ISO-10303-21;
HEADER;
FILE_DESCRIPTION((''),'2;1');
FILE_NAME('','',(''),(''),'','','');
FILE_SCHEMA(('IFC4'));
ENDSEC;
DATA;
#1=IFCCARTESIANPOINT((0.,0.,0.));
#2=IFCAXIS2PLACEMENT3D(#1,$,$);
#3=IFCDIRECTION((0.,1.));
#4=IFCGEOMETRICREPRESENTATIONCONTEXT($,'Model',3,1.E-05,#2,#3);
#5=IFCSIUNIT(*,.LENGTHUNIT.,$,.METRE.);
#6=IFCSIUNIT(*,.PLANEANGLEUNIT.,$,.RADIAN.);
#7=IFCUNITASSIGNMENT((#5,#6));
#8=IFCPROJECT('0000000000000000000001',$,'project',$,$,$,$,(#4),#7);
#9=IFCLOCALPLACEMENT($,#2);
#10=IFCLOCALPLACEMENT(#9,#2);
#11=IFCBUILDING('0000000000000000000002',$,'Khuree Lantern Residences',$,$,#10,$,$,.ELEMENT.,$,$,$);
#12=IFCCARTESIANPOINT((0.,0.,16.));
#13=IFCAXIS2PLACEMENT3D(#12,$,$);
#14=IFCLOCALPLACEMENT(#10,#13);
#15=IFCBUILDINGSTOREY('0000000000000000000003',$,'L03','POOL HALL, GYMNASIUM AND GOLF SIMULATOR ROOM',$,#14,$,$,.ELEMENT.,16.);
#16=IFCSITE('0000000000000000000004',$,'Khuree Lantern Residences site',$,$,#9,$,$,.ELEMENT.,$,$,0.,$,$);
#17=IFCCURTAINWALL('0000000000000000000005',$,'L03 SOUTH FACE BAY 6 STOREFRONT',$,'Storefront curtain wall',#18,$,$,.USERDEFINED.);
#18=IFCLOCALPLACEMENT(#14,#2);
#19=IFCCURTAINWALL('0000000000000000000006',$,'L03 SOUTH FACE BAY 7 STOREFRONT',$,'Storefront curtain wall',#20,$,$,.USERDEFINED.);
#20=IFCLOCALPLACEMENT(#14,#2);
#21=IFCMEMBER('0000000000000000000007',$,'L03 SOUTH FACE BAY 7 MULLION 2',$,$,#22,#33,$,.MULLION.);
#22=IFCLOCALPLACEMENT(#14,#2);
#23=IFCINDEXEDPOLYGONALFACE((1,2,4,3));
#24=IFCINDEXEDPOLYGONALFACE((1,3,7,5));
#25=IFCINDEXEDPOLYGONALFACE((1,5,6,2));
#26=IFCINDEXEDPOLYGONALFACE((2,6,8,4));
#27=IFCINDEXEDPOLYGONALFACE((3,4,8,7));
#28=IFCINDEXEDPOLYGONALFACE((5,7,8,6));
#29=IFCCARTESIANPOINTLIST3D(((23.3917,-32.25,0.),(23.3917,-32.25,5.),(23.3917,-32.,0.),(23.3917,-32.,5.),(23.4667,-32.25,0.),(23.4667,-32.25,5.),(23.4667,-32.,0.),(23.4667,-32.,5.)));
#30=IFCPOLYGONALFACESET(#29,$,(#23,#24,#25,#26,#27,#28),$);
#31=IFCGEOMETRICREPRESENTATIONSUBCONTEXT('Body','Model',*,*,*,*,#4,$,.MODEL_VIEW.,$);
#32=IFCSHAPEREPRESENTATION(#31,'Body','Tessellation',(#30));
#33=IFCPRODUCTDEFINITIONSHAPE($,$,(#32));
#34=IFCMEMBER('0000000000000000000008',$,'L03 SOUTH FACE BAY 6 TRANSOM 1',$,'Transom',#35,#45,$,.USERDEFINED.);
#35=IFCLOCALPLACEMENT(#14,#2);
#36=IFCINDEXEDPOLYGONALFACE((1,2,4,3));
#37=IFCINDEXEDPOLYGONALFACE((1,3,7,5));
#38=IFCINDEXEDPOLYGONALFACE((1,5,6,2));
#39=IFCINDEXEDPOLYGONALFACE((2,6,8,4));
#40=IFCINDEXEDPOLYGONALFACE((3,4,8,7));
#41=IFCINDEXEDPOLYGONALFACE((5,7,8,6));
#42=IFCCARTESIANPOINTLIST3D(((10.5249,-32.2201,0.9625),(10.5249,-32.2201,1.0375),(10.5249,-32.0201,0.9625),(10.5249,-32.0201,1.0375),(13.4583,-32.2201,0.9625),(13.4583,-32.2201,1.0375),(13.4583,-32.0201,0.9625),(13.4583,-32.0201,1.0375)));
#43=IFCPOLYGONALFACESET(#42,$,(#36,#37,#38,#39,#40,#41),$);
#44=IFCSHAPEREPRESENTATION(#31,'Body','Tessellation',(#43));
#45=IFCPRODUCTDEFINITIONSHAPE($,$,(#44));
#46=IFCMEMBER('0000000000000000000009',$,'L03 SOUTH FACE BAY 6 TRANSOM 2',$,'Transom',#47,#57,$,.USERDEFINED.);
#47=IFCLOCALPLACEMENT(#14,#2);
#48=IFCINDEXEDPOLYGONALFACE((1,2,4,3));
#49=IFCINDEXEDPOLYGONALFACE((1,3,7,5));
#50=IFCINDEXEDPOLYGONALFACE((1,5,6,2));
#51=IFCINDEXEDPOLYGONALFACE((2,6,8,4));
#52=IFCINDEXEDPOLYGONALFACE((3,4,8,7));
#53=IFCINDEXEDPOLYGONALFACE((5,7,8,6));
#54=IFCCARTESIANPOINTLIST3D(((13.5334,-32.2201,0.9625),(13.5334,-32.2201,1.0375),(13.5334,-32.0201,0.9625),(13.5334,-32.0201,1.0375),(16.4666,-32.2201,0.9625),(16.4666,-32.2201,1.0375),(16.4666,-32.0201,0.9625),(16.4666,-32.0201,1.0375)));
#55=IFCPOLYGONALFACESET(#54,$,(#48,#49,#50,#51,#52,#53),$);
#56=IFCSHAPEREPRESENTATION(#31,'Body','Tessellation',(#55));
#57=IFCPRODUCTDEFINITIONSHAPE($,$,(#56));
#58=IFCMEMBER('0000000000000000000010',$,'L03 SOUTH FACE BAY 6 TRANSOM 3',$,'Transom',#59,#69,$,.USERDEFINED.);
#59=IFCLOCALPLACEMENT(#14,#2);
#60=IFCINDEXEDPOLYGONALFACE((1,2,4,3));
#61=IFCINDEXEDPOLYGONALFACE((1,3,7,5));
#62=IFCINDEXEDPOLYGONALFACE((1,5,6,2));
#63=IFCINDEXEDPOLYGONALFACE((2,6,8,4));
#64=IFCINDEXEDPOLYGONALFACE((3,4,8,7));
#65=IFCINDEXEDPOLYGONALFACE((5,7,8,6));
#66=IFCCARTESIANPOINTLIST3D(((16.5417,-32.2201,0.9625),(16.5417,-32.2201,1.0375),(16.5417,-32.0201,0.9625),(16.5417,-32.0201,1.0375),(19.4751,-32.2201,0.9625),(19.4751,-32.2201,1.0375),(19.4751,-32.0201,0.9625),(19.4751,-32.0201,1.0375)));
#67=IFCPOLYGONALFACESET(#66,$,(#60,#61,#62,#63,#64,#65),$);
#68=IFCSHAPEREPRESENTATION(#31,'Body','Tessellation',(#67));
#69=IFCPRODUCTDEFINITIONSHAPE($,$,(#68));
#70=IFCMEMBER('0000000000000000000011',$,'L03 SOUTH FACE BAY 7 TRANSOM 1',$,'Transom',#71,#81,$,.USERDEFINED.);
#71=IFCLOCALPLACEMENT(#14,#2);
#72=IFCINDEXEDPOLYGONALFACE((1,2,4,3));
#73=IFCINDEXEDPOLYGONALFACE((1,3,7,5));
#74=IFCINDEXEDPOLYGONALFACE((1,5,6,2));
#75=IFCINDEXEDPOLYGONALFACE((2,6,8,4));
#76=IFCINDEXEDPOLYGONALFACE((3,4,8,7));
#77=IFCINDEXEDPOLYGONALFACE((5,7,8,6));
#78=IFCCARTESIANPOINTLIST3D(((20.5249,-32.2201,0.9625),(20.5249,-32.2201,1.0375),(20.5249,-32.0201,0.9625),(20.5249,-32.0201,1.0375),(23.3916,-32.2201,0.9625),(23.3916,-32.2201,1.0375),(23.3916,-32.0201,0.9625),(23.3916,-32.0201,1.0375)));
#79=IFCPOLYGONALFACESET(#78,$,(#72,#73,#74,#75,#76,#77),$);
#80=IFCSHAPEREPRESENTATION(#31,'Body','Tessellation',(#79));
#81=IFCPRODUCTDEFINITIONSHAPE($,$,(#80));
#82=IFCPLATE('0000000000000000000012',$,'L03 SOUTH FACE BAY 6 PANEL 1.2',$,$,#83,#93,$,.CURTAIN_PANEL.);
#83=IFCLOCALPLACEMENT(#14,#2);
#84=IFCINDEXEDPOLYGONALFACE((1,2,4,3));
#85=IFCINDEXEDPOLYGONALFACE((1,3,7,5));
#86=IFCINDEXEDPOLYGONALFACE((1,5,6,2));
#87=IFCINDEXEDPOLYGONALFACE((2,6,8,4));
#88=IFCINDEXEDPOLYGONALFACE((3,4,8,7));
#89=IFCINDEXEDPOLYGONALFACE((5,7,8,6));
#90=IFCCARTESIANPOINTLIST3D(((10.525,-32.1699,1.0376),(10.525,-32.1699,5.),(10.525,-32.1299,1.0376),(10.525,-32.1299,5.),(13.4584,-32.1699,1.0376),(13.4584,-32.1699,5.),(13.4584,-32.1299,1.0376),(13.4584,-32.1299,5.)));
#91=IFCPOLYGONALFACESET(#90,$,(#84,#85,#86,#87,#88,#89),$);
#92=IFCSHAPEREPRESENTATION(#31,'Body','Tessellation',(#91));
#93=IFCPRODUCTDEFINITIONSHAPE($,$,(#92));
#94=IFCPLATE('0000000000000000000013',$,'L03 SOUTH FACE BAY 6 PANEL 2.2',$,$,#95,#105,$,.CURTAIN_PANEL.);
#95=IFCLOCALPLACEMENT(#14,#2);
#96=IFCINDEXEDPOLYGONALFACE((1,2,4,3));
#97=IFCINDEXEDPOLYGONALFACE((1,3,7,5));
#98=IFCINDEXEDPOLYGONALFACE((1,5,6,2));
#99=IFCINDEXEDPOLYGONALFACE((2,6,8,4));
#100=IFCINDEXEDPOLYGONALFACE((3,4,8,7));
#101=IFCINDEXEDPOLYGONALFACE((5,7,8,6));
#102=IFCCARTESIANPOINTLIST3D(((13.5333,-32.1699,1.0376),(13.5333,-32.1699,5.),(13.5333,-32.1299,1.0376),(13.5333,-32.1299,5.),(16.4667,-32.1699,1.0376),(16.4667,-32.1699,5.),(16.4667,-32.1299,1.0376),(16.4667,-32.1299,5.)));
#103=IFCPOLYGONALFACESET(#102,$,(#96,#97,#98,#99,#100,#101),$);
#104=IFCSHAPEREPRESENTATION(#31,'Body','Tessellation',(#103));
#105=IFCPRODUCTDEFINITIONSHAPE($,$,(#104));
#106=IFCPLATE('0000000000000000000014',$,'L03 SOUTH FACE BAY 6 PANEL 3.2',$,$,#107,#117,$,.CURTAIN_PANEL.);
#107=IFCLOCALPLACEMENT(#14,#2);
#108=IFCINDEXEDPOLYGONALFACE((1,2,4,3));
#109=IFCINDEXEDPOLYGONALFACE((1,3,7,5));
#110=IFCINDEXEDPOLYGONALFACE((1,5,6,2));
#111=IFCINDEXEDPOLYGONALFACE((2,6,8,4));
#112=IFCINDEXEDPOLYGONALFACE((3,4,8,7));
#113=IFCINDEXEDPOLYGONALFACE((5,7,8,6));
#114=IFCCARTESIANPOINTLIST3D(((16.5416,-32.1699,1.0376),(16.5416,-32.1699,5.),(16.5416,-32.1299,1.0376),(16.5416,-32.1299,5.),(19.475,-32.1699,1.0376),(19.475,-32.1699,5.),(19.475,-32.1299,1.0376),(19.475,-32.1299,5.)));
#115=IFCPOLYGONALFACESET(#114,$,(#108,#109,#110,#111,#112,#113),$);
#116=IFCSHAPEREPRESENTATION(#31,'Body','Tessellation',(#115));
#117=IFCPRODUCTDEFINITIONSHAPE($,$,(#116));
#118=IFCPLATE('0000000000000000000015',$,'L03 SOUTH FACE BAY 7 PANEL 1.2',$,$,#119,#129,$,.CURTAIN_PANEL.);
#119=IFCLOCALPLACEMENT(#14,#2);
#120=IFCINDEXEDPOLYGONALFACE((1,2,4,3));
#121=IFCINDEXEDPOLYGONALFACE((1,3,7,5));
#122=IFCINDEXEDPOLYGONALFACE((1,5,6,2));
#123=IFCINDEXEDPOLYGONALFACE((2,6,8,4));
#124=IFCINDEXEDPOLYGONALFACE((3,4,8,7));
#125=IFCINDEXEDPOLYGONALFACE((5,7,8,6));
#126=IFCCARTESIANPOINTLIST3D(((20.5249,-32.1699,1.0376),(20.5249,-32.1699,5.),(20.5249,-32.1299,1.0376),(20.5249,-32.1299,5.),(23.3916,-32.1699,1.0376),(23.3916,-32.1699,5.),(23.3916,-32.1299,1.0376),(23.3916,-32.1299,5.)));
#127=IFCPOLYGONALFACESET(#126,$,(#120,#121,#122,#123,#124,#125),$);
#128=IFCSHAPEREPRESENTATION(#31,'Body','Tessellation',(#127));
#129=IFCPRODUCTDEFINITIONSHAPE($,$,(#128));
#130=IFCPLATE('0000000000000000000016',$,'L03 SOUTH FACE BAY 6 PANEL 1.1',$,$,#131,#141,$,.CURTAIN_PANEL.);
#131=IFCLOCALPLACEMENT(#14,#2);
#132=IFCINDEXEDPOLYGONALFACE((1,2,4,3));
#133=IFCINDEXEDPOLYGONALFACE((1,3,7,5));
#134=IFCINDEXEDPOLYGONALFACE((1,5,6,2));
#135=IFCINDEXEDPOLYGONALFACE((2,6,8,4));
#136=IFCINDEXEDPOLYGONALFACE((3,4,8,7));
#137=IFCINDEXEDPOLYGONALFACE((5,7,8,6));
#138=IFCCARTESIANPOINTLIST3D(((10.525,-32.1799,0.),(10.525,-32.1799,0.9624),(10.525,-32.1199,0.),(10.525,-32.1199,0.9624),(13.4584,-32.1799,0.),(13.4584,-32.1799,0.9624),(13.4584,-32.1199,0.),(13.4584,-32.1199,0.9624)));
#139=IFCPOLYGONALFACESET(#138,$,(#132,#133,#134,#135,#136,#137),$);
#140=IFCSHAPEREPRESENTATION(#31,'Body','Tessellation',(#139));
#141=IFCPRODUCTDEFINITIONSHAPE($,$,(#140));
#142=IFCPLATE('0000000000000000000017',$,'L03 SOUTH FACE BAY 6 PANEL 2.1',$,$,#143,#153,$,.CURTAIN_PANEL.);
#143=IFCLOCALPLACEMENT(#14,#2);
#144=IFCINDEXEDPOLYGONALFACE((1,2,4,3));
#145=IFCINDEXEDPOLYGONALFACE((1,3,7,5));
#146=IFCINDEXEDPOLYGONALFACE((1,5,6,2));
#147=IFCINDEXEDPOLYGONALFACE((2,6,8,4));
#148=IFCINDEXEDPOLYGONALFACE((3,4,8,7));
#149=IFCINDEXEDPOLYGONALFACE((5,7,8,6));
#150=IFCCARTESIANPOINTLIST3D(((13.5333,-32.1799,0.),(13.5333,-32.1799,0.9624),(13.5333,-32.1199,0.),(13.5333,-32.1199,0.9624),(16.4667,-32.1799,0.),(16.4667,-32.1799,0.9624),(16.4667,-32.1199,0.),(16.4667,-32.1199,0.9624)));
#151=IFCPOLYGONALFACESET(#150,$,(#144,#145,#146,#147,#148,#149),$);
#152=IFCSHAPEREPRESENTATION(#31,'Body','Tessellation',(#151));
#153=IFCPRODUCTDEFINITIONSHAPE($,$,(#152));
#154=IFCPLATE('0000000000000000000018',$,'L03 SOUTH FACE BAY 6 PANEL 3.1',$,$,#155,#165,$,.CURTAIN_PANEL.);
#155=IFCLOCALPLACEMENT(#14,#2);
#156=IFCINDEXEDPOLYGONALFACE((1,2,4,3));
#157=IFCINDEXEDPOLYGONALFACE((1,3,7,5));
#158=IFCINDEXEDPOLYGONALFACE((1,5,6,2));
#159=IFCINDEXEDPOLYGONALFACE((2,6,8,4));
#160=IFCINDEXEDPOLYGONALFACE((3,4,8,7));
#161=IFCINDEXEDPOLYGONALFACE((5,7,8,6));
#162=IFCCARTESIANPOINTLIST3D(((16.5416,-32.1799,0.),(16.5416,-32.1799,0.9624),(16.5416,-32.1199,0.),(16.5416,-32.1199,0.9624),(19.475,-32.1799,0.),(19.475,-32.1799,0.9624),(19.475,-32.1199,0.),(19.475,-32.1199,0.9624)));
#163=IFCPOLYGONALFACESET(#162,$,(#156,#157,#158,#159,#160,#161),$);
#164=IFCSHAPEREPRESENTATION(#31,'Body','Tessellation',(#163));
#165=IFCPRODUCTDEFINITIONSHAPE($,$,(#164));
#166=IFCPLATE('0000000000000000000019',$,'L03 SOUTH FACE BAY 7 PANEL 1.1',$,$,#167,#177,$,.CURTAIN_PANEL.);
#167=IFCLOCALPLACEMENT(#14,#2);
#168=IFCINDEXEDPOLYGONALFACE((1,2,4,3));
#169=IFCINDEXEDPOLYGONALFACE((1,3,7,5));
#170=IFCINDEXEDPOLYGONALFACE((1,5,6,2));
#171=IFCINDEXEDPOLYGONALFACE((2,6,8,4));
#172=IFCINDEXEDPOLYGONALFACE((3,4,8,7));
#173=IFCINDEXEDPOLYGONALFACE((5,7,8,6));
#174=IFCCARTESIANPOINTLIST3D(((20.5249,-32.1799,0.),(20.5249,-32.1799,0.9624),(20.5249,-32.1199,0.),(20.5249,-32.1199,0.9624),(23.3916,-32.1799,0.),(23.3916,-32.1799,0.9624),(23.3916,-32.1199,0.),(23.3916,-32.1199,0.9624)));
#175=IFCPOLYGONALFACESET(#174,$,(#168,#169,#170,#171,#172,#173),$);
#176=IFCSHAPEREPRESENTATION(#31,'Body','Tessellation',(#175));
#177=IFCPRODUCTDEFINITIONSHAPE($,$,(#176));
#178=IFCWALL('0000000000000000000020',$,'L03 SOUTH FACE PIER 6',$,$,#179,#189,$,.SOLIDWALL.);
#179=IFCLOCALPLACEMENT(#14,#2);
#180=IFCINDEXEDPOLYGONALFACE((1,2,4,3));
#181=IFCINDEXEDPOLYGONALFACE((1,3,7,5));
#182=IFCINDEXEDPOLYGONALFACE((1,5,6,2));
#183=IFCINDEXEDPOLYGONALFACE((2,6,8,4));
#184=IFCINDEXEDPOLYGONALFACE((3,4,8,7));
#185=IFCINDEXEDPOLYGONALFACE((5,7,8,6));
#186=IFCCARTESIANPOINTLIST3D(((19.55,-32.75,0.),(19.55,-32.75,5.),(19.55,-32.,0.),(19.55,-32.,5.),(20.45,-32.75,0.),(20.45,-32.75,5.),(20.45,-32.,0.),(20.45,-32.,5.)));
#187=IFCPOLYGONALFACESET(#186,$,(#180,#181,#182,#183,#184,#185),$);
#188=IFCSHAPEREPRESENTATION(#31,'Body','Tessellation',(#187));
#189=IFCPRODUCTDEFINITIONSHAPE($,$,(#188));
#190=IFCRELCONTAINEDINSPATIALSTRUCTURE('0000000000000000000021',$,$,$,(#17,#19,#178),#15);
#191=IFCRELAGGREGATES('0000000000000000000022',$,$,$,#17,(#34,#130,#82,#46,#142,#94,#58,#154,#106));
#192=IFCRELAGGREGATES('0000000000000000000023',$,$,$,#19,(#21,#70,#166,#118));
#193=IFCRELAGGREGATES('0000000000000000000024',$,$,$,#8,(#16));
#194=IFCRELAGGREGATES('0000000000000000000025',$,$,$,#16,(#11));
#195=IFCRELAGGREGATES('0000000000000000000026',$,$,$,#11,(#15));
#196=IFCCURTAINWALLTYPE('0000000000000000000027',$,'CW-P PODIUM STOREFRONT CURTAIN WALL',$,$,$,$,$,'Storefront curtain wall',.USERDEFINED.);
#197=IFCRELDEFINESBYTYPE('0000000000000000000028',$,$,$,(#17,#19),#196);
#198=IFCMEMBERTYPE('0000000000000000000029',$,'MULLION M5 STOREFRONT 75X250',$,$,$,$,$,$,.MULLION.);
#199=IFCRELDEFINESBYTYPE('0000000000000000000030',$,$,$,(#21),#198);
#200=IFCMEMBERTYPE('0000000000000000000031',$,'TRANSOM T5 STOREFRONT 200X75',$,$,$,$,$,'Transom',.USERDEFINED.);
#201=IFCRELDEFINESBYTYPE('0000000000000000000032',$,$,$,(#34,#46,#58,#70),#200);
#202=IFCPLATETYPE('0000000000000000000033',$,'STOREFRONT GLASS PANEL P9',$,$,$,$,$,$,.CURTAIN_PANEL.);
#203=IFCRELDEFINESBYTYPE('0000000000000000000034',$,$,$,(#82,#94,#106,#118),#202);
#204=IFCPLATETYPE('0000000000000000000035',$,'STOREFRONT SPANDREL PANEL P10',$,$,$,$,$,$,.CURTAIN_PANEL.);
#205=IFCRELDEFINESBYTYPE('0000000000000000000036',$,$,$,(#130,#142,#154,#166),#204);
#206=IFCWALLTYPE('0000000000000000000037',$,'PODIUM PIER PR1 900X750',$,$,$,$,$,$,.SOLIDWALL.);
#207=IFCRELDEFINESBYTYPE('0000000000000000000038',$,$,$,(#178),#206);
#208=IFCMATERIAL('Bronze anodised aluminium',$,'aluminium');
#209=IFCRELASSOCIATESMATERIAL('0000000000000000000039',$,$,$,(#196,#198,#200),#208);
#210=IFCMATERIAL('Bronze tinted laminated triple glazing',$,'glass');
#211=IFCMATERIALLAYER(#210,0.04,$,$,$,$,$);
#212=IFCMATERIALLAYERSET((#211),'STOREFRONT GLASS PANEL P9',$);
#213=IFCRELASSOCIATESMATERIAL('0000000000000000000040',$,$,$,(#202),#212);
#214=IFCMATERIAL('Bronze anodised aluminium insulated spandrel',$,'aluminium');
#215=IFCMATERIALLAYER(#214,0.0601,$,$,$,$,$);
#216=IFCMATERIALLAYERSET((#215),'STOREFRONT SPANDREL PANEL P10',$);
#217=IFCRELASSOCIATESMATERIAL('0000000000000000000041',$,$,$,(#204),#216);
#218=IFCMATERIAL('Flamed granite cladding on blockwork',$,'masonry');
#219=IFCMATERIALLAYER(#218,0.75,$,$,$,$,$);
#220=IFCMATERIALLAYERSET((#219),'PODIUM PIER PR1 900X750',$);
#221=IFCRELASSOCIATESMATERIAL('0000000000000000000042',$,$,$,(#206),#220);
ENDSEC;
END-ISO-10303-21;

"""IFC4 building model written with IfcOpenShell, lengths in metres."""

from ifc_helpers import new_model, si_unit, direction, frame, frame_2d, origin, origin_2d, place, context, subcontext, project, spatial, rectangle, extrude, material, layer, layer_set, material_profile, profile_set, type_object, element, aggregate, save


model = new_model("IFC4")

# Units and contexts
model_context = context("Model", 3, precision=1e-05, world=origin(), true_north=direction((0.0, 1.0)))
body_context = subcontext(model_context, "Body", "Model", "MODEL_VIEW")
ifc_project = project(units=[si_unit("LENGTHUNIT", "METRE"), si_unit("PLANEANGLEUNIT", "RADIAN")], contexts=[model_context])

# Site, building, storey
site_placement = place(None, origin())
site = spatial("IfcSite", under=ifc_project, at=site_placement, Name="Khuree Lantern Residences site", CompositionType="ELEMENT", RefElevation=0.0)
building_placement = place(site_placement, origin())
building = spatial("IfcBuilding", under=site, at=building_placement, Name="Khuree Lantern Residences", CompositionType="ELEMENT")
storey_placement = place(building_placement, frame((0.0, 0.0, 16.0)))
storey = spatial("IfcBuildingStorey", under=building, at=storey_placement, Name="L03", Description="POOL HALL, GYMNASIUM AND GOLF SIMULATOR ROOM", CompositionType="ELEMENT", Elevation=16.0)

# Curtain walls, member
ifc_material_1 = material(Name="Bronze anodised aluminium", Category="aluminium")
curtain_wall_type = type_object("IfcCurtainWallType", Name="CW-P PODIUM STOREFRONT CURTAIN WALL", ElementType="Storefront curtain wall", PredefinedType="USERDEFINED", material=ifc_material_1)
curtain_wall_1_placement = place(storey_placement, origin())
curtain_wall_1 = element("IfcCurtainWall", 1, at=curtain_wall_1_placement, inside=storey, type_object=curtain_wall_type, Name="L03 SOUTH FACE BAY 6 STOREFRONT", ObjectType="Storefront curtain wall", PredefinedType="USERDEFINED")
ifc_material_profile_1 = material_profile(ifc_material_1, rectangle(XDim=0.075, YDim=0.25, at=origin_2d()), Name="M5 75X250")
ifc_profile_set_1 = profile_set([ifc_material_profile_1], Name="Bronze anodised aluminium")
member_type_1 = type_object("IfcMemberType", Name="MULLION M5 STOREFRONT 75X250", PredefinedType="MULLION", material=ifc_profile_set_1)
curtain_wall_2_placement = place(storey_placement, origin())
curtain_wall_2 = element("IfcCurtainWall", 2, at=curtain_wall_2_placement, inside=storey, type_object=curtain_wall_type, Name="L03 SOUTH FACE BAY 7 STOREFRONT", ObjectType="Storefront curtain wall", PredefinedType="USERDEFINED")
member_1_placement = place(storey_placement, frame((23.4292, -32.125, 0.0), z_axis=(0.0, 0.0, 1.0), x_axis=(1.0, 0.0, 0.0)))
member_1 = element("IfcMember", 3, at=member_1_placement, type_object=member_type_1, Name="L03 SOUTH FACE BAY 7 MULLION 2", PredefinedType="MULLION", context=body_context, shape_type="SweptSolid", body=[
    extrude(rectangle(XDim=0.075, YDim=0.25, at=origin_2d()), origin(), (0.0, 0.0, 1.0), 5.0),
])

# Members
ifc_material_profile_2 = material_profile(ifc_material_1, rectangle(XDim=0.2, YDim=0.075, at=origin_2d()), Name="T5 200X75")
ifc_profile_set_2 = profile_set([ifc_material_profile_2], Name="Bronze anodised aluminium")
member_type_2 = type_object("IfcMemberType", Name="TRANSOM T5 STOREFRONT 200X75", ElementType="Transom", PredefinedType="USERDEFINED", material=ifc_profile_set_2)
member_2_placement = place(storey_placement, frame((10.5249, -32.1201, 1.0), z_axis=(1.0, 0.0, 0.0), x_axis=(0.0, 1.0, 0.0)))
member_2 = element("IfcMember", 4, at=member_2_placement, type_object=member_type_2, Name="L03 SOUTH FACE BAY 6 TRANSOM 1", ObjectType="Transom", PredefinedType="USERDEFINED", context=body_context, shape_type="SweptSolid", body=[
    extrude(rectangle(XDim=0.2, YDim=0.075, at=origin_2d()), origin(), (0.0, 0.0, 1.0), 2.9333),
])
member_3_placement = place(storey_placement, frame((13.5334, -32.1201, 1.0), z_axis=(1.0, 0.0, 0.0), x_axis=(0.0, 1.0, 0.0)))
member_3 = element("IfcMember", 5, at=member_3_placement, type_object=member_type_2, Name="L03 SOUTH FACE BAY 6 TRANSOM 2", ObjectType="Transom", PredefinedType="USERDEFINED", context=body_context, shape_type="SweptSolid", body=[
    extrude(rectangle(XDim=0.2, YDim=0.075, at=origin_2d()), origin(), (0.0, 0.0, 1.0), 2.9331),
])
member_4_placement = place(storey_placement, frame((16.5417, -32.1201, 1.0), z_axis=(1.0, 0.0, 0.0), x_axis=(0.0, 1.0, 0.0)))
member_4 = element("IfcMember", 6, at=member_4_placement, type_object=member_type_2, Name="L03 SOUTH FACE BAY 6 TRANSOM 3", ObjectType="Transom", PredefinedType="USERDEFINED", context=body_context, shape_type="SweptSolid", body=[
    extrude(rectangle(XDim=0.2, YDim=0.075, at=origin_2d()), origin(), (0.0, 0.0, 1.0), 2.9333),
])
member_5_placement = place(storey_placement, frame((20.5249, -32.1201, 1.0), z_axis=(1.0, 0.0, 0.0), x_axis=(0.0, 1.0, 0.0)))
member_5 = element("IfcMember", 7, at=member_5_placement, type_object=member_type_2, Name="L03 SOUTH FACE BAY 7 TRANSOM 1", ObjectType="Transom", PredefinedType="USERDEFINED", context=body_context, shape_type="SweptSolid", body=[
    extrude(rectangle(XDim=0.2, YDim=0.075, at=origin_2d()), origin(), (0.0, 0.0, 1.0), 2.8667),
])

# Plates
ifc_material_2 = material(Name="Bronze tinted laminated triple glazing", Category="glass")
ifc_layer_1 = layer(ifc_material_2, 0.04)
ifc_layer_set_1 = layer_set([ifc_layer_1], Name="STOREFRONT GLASS PANEL P9")
plate_type_1 = type_object("IfcPlateType", Name="STOREFRONT GLASS PANEL P9", PredefinedType="CURTAIN_PANEL", material=ifc_layer_set_1)
plate_1_placement = place(storey_placement, frame((11.9917, -32.1499, 1.0376), z_axis=(0.0, 0.0, 1.0), x_axis=(1.0, 0.0, 0.0)))
plate_1 = element("IfcPlate", 8, at=plate_1_placement, type_object=plate_type_1, Name="L03 SOUTH FACE BAY 6 PANEL 1.2", PredefinedType="CURTAIN_PANEL", context=body_context, shape_type="SweptSolid", body=[
    extrude(rectangle(XDim=2.9333, YDim=0.04, at=origin_2d()), origin(), (0.0, 0.0, 1.0), 3.9624),
])
plate_2_placement = place(storey_placement, frame((15.0, -32.1499, 1.0376), z_axis=(0.0, 0.0, 1.0), x_axis=(1.0, 0.0, 0.0)))
plate_2 = element("IfcPlate", 9, at=plate_2_placement, type_object=plate_type_1, Name="L03 SOUTH FACE BAY 6 PANEL 2.2", PredefinedType="CURTAIN_PANEL", context=body_context, shape_type="SweptSolid", body=[
    extrude(rectangle(XDim=2.9333, YDim=0.04, at=origin_2d()), origin(), (0.0, 0.0, 1.0), 3.9624),
])
plate_3_placement = place(storey_placement, frame((18.0083, -32.1499, 1.0376), z_axis=(0.0, 0.0, 1.0), x_axis=(1.0, 0.0, 0.0)))
plate_3 = element("IfcPlate", 10, at=plate_3_placement, type_object=plate_type_1, Name="L03 SOUTH FACE BAY 6 PANEL 3.2", PredefinedType="CURTAIN_PANEL", context=body_context, shape_type="SweptSolid", body=[
    extrude(rectangle(XDim=2.9333, YDim=0.04, at=origin_2d()), origin(), (0.0, 0.0, 1.0), 3.9624),
])
plate_4_placement = place(storey_placement, frame((21.9583, -32.1499, 1.0376), z_axis=(0.0, 0.0, 1.0), x_axis=(1.0, 0.0, 0.0)))
plate_4 = element("IfcPlate", 11, at=plate_4_placement, type_object=plate_type_1, Name="L03 SOUTH FACE BAY 7 PANEL 1.2", PredefinedType="CURTAIN_PANEL", context=body_context, shape_type="SweptSolid", body=[
    extrude(rectangle(XDim=2.8667, YDim=0.04, at=origin_2d()), origin(), (0.0, 0.0, 1.0), 3.9624),
])
ifc_material_3 = material(Name="Bronze anodised aluminium insulated spandrel", Category="aluminium")
ifc_layer_2 = layer(ifc_material_3, 0.0601)
ifc_layer_set_2 = layer_set([ifc_layer_2], Name="STOREFRONT SPANDREL PANEL P10")
plate_type_2 = type_object("IfcPlateType", Name="STOREFRONT SPANDREL PANEL P10", PredefinedType="CURTAIN_PANEL", material=ifc_layer_set_2)
plate_5_placement = place(storey_placement, frame((11.9917, -32.1499, 0.0), z_axis=(0.0, 0.0, 1.0), x_axis=(1.0, 0.0, 0.0)))
plate_5 = element("IfcPlate", 12, at=plate_5_placement, type_object=plate_type_2, Name="L03 SOUTH FACE BAY 6 PANEL 1.1", PredefinedType="CURTAIN_PANEL", context=body_context, shape_type="SweptSolid", body=[
    extrude(rectangle(XDim=2.9333, YDim=0.0601, at=origin_2d()), origin(), (0.0, 0.0, 1.0), 0.9624),
])
plate_6_placement = place(storey_placement, frame((15.0, -32.1499, 0.0), z_axis=(0.0, 0.0, 1.0), x_axis=(1.0, 0.0, 0.0)))
plate_6 = element("IfcPlate", 13, at=plate_6_placement, type_object=plate_type_2, Name="L03 SOUTH FACE BAY 6 PANEL 2.1", PredefinedType="CURTAIN_PANEL", context=body_context, shape_type="SweptSolid", body=[
    extrude(rectangle(XDim=2.9333, YDim=0.0601, at=origin_2d()), origin(), (0.0, 0.0, 1.0), 0.9624),
])
plate_7_placement = place(storey_placement, frame((18.0083, -32.1499, 0.0), z_axis=(0.0, 0.0, 1.0), x_axis=(1.0, 0.0, 0.0)))
plate_7 = element("IfcPlate", 14, at=plate_7_placement, type_object=plate_type_2, Name="L03 SOUTH FACE BAY 6 PANEL 3.1", PredefinedType="CURTAIN_PANEL", context=body_context, shape_type="SweptSolid", body=[
    extrude(rectangle(XDim=2.9333, YDim=0.0601, at=origin_2d()), origin(), (0.0, 0.0, 1.0), 0.9624),
])
aggregate(curtain_wall_1, [member_2, plate_5, plate_1, member_3, plate_6, plate_2, member_4, plate_7, plate_3])
plate_8_placement = place(storey_placement, frame((21.9583, -32.1499, 0.0), z_axis=(0.0, 0.0, 1.0), x_axis=(1.0, 0.0, 0.0)))
plate_8 = element("IfcPlate", 15, at=plate_8_placement, type_object=plate_type_2, Name="L03 SOUTH FACE BAY 7 PANEL 1.1", PredefinedType="CURTAIN_PANEL", context=body_context, shape_type="SweptSolid", body=[
    extrude(rectangle(XDim=2.8667, YDim=0.0601, at=origin_2d()), origin(), (0.0, 0.0, 1.0), 0.9624),
])
aggregate(curtain_wall_2, [member_1, member_5, plate_8, plate_4])

# Wall
ifc_material_4 = material(Name="Flamed granite cladding on blockwork", Category="masonry")
ifc_layer_3 = layer(ifc_material_4, 0.75)
ifc_layer_set_3 = layer_set([ifc_layer_3], Name="PODIUM PIER PR1 900X750")
wall_type_1 = type_object("IfcWallType", Name="PODIUM PIER PR1 900X750", PredefinedType="SOLIDWALL", material=ifc_layer_set_3)
wall_1_placement = place(storey_placement, frame((19.55, -32.375, 0.0), z_axis=(0.0, 0.0, 1.0), x_axis=(1.0, 0.0, 0.0)))
element("IfcWall", 16, at=wall_1_placement, inside=storey, type_object=wall_type_1, Name="L03 SOUTH FACE PIER 6", PredefinedType="SOLIDWALL", context=body_context, shape_type="SweptSolid", body=[
    extrude(rectangle(XDim=0.8999, YDim=0.75, at=frame_2d((0.45, 0.0))), origin(), (0.0, 0.0, 1.0), 5.0),
])

save(model, "model.ifc")
